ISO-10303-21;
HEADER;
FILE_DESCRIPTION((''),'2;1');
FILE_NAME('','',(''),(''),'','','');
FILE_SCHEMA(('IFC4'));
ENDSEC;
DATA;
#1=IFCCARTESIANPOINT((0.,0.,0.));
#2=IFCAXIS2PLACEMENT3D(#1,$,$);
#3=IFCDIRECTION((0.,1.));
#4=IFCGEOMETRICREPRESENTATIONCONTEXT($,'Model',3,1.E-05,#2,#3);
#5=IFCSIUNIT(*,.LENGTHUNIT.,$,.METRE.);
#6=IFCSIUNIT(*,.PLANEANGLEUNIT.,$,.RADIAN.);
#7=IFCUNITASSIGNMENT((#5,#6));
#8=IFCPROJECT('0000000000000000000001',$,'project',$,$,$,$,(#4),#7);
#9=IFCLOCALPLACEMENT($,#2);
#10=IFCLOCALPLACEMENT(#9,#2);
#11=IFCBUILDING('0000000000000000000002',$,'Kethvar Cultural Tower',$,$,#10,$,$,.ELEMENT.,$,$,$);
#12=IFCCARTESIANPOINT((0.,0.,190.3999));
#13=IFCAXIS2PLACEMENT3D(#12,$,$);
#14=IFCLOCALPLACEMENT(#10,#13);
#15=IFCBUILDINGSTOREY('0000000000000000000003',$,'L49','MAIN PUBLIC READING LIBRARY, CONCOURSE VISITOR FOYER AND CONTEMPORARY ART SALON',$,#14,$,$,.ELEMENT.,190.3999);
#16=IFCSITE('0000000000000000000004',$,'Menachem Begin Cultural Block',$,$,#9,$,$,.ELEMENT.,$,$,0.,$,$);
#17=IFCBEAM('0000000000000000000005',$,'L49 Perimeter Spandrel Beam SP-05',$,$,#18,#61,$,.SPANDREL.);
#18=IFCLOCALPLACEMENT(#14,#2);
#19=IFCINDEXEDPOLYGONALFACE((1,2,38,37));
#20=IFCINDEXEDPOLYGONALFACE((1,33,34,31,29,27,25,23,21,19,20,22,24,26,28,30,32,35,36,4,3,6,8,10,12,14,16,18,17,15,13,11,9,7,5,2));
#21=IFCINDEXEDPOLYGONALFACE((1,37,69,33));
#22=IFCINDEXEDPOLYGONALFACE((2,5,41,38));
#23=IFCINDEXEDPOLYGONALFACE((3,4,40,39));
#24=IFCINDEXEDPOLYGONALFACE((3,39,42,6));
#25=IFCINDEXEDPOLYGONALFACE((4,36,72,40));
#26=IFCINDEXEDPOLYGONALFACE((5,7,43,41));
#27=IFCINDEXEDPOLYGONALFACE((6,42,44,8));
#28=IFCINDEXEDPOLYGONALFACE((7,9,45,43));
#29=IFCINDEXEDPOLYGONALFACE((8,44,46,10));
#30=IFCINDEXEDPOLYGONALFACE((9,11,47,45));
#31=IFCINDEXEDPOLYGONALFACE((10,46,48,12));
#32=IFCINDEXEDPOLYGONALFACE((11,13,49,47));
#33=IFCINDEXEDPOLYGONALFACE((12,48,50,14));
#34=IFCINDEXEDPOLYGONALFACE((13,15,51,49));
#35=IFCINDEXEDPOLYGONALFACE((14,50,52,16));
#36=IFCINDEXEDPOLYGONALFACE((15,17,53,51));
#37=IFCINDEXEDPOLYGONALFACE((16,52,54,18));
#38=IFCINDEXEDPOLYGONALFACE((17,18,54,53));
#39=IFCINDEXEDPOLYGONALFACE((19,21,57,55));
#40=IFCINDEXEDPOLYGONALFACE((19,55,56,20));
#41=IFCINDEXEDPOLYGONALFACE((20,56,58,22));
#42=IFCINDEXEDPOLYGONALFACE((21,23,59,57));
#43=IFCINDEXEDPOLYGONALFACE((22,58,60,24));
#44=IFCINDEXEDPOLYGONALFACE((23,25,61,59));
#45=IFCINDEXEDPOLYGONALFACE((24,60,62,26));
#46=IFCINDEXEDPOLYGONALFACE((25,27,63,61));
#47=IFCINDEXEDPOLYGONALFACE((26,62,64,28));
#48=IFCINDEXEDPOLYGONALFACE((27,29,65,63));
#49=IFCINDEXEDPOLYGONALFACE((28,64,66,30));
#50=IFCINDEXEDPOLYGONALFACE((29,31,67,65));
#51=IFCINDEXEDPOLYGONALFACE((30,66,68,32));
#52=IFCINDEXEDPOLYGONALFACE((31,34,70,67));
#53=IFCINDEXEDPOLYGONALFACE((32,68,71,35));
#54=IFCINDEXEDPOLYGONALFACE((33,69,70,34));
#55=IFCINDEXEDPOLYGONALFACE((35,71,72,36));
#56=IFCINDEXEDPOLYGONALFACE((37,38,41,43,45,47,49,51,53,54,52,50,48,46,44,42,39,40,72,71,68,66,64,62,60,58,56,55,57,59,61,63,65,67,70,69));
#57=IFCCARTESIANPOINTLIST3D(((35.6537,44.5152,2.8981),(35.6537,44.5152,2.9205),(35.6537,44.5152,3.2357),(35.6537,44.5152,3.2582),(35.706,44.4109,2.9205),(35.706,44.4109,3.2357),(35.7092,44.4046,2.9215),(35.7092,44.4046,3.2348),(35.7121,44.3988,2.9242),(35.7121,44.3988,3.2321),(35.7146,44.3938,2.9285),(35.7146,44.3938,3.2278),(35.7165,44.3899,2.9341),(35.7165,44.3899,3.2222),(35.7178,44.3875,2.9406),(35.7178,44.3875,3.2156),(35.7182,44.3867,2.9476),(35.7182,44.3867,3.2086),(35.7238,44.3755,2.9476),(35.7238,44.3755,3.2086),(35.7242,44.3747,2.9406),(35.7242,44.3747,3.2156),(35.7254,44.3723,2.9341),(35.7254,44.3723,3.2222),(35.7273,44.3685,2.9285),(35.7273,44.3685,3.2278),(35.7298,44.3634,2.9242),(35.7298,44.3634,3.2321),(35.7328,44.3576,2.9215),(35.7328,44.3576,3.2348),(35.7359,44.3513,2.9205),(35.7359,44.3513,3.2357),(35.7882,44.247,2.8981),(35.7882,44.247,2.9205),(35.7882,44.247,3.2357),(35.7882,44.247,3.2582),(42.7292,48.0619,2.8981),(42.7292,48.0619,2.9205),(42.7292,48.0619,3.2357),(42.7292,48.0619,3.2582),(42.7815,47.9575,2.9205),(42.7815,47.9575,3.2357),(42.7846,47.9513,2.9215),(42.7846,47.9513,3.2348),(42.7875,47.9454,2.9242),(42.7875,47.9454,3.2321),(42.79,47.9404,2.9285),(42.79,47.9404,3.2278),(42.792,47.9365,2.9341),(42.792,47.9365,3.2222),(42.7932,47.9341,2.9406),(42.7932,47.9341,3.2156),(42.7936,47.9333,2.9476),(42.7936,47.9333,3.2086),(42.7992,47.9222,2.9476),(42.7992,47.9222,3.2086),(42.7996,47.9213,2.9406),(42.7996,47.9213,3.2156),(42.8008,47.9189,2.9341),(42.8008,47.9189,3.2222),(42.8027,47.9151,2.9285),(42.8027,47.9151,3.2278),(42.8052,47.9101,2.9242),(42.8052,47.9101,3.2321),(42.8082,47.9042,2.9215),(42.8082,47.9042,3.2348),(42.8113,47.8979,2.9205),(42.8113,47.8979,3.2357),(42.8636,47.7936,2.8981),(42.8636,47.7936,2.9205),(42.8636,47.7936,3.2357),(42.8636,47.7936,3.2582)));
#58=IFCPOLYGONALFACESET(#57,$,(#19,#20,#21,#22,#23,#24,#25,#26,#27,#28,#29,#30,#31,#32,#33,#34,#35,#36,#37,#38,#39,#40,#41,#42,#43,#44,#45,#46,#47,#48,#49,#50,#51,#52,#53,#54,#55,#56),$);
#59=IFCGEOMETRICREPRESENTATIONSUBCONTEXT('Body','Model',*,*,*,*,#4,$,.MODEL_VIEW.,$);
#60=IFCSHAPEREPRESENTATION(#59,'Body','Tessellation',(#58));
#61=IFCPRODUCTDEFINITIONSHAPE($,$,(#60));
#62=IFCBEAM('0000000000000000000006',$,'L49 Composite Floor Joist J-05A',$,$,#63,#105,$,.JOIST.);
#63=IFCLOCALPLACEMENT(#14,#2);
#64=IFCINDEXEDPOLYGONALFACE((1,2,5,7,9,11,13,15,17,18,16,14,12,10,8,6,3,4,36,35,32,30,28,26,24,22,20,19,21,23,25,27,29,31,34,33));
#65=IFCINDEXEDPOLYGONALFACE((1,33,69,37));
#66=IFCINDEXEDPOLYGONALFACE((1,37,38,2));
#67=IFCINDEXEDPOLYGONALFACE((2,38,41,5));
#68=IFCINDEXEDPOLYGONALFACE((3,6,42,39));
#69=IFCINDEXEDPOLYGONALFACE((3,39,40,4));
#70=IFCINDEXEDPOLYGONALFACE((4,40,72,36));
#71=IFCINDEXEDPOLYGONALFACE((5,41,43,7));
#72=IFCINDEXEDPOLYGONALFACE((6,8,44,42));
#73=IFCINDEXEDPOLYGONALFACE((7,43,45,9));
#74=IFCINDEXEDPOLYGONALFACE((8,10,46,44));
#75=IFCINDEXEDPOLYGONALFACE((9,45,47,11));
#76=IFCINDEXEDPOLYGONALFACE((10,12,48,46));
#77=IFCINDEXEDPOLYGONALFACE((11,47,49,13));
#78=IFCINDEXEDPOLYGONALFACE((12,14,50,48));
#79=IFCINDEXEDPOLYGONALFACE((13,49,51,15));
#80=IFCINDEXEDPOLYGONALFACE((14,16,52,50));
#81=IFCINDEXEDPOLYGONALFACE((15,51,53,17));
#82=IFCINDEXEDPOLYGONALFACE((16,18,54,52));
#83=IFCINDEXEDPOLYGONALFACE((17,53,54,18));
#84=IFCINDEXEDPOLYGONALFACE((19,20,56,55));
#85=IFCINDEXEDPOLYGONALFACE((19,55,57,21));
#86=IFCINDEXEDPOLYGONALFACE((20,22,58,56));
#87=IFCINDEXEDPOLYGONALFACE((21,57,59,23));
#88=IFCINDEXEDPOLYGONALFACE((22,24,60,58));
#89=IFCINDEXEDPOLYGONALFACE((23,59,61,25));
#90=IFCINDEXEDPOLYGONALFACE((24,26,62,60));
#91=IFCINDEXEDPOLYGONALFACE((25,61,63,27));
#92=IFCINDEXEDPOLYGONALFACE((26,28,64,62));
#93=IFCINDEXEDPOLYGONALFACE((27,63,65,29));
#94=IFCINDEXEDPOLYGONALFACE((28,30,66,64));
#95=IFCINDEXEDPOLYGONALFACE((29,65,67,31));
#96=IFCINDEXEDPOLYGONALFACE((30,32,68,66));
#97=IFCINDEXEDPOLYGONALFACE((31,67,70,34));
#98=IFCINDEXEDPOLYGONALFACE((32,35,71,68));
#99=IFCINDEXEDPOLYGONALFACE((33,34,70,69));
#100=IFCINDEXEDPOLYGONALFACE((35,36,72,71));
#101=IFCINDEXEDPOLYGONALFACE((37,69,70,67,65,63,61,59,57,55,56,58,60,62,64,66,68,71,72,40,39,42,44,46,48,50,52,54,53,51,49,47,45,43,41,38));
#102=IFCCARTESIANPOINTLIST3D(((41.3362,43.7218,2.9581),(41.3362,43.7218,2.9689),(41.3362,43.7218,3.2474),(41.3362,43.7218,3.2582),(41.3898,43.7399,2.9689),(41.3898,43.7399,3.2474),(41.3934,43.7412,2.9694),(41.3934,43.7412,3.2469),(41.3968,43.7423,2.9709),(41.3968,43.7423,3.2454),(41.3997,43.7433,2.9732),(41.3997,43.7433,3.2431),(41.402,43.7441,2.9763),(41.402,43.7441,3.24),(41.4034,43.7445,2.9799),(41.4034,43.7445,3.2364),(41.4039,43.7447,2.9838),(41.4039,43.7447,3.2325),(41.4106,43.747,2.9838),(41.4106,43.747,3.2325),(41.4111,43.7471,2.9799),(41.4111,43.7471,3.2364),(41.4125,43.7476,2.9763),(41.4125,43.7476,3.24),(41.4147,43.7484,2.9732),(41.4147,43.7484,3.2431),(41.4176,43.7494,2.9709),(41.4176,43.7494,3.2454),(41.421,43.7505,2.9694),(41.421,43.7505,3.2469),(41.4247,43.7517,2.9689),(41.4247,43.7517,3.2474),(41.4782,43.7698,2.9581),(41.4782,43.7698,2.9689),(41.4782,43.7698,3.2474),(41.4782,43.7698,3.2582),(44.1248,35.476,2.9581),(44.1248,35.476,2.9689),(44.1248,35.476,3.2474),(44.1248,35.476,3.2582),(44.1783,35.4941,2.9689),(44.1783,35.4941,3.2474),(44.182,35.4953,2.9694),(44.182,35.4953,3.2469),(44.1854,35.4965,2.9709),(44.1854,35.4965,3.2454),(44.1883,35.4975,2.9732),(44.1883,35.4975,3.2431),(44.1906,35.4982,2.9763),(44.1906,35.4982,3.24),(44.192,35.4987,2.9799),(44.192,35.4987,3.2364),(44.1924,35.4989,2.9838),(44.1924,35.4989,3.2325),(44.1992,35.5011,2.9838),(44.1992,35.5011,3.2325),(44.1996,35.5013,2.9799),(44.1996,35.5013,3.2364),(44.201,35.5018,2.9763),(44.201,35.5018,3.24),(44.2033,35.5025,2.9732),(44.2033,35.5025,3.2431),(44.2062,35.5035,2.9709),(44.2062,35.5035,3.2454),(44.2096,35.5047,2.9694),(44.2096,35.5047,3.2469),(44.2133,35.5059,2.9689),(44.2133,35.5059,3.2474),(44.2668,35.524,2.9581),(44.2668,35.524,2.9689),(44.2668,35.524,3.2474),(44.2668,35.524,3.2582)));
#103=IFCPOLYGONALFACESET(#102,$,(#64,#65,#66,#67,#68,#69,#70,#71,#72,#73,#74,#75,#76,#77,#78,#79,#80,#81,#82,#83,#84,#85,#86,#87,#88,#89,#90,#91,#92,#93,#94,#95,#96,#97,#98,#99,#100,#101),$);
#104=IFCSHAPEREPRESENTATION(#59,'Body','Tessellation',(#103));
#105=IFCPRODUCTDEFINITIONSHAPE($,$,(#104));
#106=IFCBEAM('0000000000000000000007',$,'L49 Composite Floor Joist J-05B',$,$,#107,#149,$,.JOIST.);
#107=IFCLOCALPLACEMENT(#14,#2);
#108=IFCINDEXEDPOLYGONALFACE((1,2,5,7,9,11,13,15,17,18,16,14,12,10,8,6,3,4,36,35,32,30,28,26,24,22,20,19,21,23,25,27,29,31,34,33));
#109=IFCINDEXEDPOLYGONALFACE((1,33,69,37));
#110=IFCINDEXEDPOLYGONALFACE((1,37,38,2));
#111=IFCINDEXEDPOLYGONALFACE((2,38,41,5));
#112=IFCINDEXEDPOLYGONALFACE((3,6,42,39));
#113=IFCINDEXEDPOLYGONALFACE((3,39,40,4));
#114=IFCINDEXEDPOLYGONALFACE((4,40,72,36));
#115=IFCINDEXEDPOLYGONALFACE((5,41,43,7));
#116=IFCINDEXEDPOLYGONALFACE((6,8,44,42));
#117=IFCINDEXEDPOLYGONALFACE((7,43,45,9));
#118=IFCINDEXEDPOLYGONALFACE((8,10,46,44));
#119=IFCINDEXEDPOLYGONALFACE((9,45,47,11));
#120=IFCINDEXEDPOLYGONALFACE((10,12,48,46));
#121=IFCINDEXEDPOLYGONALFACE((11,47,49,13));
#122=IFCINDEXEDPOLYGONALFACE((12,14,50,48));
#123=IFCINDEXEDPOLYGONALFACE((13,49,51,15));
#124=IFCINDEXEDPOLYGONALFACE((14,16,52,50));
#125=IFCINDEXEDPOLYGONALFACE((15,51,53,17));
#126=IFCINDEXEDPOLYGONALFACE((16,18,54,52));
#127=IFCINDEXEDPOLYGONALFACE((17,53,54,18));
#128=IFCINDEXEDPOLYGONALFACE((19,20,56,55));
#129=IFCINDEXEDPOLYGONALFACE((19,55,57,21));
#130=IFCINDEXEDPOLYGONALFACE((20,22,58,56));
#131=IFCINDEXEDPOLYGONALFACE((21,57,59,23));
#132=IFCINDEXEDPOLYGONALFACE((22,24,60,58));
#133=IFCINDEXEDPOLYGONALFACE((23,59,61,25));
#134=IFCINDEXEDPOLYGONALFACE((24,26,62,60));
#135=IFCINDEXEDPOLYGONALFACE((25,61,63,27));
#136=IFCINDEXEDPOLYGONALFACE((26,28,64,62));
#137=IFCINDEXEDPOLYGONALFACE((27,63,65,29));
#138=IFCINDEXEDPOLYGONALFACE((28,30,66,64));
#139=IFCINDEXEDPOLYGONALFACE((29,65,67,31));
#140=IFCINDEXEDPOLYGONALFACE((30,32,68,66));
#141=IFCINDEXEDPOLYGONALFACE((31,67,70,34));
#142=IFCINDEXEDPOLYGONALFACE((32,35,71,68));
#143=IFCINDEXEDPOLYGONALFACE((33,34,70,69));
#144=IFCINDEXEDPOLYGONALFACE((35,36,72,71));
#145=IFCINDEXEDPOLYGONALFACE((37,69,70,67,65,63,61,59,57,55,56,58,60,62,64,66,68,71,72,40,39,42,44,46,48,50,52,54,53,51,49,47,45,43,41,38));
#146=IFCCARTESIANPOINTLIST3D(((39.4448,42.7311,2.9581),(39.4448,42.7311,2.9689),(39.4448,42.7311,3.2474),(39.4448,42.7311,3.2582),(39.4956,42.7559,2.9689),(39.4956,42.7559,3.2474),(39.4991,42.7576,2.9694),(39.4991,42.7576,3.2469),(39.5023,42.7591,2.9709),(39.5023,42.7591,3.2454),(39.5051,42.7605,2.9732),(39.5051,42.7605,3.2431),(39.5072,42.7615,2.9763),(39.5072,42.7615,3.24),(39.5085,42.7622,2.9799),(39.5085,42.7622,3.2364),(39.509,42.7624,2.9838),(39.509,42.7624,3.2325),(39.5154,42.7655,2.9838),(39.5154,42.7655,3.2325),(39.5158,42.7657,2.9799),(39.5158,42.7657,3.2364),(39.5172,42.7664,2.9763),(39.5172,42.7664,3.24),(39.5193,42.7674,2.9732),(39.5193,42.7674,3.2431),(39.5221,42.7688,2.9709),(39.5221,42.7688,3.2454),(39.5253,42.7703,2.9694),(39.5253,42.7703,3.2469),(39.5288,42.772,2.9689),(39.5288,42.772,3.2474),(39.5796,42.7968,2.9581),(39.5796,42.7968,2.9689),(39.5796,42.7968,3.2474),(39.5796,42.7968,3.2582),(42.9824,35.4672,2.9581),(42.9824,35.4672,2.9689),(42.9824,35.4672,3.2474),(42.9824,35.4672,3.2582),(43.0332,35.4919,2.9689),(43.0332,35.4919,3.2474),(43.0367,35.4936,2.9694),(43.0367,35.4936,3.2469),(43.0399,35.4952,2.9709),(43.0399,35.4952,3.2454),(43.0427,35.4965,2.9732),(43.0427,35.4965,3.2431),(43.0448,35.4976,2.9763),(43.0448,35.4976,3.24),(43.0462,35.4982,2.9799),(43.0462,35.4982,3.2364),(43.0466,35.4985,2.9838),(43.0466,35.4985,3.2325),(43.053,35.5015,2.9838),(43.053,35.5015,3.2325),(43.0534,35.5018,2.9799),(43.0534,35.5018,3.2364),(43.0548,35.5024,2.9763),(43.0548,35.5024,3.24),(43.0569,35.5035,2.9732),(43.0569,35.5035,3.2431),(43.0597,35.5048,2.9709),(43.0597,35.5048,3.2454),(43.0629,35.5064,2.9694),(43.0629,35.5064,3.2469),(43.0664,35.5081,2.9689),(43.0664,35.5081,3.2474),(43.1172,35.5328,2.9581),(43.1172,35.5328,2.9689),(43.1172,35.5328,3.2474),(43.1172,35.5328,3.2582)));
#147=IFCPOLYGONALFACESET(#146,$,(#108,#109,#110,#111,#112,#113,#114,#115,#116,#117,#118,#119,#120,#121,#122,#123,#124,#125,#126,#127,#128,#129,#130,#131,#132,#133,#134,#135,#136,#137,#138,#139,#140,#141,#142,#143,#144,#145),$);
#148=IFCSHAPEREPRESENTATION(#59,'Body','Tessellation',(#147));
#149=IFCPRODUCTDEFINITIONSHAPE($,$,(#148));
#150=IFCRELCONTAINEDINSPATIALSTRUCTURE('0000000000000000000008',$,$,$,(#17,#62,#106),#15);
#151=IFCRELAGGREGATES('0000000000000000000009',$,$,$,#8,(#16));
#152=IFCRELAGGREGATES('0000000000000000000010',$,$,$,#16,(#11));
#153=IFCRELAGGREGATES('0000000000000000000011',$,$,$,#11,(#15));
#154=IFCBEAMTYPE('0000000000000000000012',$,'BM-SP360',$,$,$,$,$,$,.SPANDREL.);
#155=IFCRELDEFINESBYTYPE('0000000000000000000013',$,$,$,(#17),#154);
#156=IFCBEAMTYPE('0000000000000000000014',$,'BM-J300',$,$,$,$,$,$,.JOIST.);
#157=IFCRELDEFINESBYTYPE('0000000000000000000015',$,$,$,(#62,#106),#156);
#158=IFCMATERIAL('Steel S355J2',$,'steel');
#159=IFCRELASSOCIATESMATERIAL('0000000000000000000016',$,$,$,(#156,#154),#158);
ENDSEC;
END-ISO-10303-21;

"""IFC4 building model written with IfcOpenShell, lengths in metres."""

from ifc_helpers import new_model, si_unit, direction, frame, origin, origin_2d, place, context, subcontext, project, spatial, i_section, extrude, source, transform, mapped, material, material_profile, profile_set, type_object, element, save


model = new_model("IFC4")

# Units and contexts
model_context = context("Model", 3, precision=1e-05, world=origin(), true_north=direction((0.0, 1.0)))
body_context = subcontext(model_context, "Body", "Model", "MODEL_VIEW")
ifc_project = project(units=[si_unit("LENGTHUNIT", "METRE"), si_unit("PLANEANGLEUNIT", "RADIAN")], contexts=[model_context])

# Site, building, storey
site_placement = place(None, origin())
site = spatial("IfcSite", under=ifc_project, at=site_placement, Name="Menachem Begin Cultural Block", CompositionType="ELEMENT", RefElevation=0.0)
building_placement = place(site_placement, origin())
building = spatial("IfcBuilding", under=site, at=building_placement, Name="Kethvar Cultural Tower", CompositionType="ELEMENT")
storey_placement = place(building_placement, frame((0.0, 0.0, 190.3999)))
storey = spatial("IfcBuildingStorey", under=building, at=storey_placement, Name="L49", Description="MAIN PUBLIC READING LIBRARY, CONCOURSE VISITOR FOYER AND CONTEMPORARY ART SALON", CompositionType="ELEMENT", Elevation=190.3999)

# Beams
ifc_material_1 = material(Name="Steel S355J2", Category="steel")
ifc_material_profile_1 = material_profile(ifc_material_1, i_section(OverallWidth=0.1499, OverallDepth=0.3, WebThickness=0.0071, FlangeThickness=0.0107, FilletRadius=0.0149, at=origin_2d()), Name="Steel S355J2 — IPE300")
ifc_profile_set_1 = profile_set([ifc_material_profile_1], Name="Steel S355J2 — IPE300")
beam_type_1 = type_object("IfcBeamType", Name="BM-J300", PredefinedType="JOIST", material=ifc_profile_set_1)
ifc_material_profile_2 = material_profile(ifc_material_1, i_section(OverallWidth=0.3, OverallDepth=0.3601, WebThickness=0.0125, FlangeThickness=0.0225, FilletRadius=0.0271, at=origin_2d()), Name="Steel S355J2 — HEB360")
ifc_profile_set_2 = profile_set([ifc_material_profile_2], Name="Steel S355J2 — HEB360")
beam_type_2 = type_object("IfcBeamType", Name="BM-SP360", PredefinedType="SPANDREL", material=ifc_profile_set_2)
shared_shape_1 = source(origin(), body_context, "Body", "SweptSolid", [
    extrude(i_section(OverallWidth=0.3, OverallDepth=0.3601, WebThickness=0.0125, FlangeThickness=0.0225, FilletRadius=0.0271, at=origin_2d()), origin(), (0.0, 0.0, 1.0), 7.9146),
])
beam_1_placement = place(storey_placement, frame((42.7964, 47.9277, 3.0781), z_axis=(-0.893976, -0.448114, 0.0), x_axis=(0.448114, -0.893976, 0.0)))
element("IfcBeam", 1, at=beam_1_placement, inside=storey, type_object=beam_type_2, Name="L49 Perimeter Spandrel Beam SP-05", PredefinedType="SPANDREL", context=body_context, shape_type="MappedRepresentation", body=[
    mapped(shared_shape_1, transform((0.0, 0.0, 0.0), scale=1.0)),
])
shared_shape_2 = source(origin(), body_context, "Body", "SweptSolid", [
    extrude(i_section(OverallWidth=0.1499, OverallDepth=0.3, WebThickness=0.0071, FlangeThickness=0.0107, FilletRadius=0.0149, at=origin_2d()), origin(), (0.0, 0.0, 1.0), 8.7046),
])
beam_2_placement = place(storey_placement, frame((44.1958, 35.5, 3.1082), z_axis=(-0.320356, 0.947297, 0.0), x_axis=(-0.947297, -0.320356, 0.0)))
element("IfcBeam", 2, at=beam_2_placement, inside=storey, type_object=beam_type_1, Name="L49 Composite Floor Joist J-05A", PredefinedType="JOIST", context=body_context, shape_type="MappedRepresentation", body=[
    mapped(shared_shape_2, transform((0.0, 0.0, 0.0), scale=1.0)),
])
shared_shape_3 = source(origin(), body_context, "Body", "SweptSolid", [
    extrude(i_section(OverallWidth=0.1499, OverallDepth=0.3, WebThickness=0.0071, FlangeThickness=0.0107, FilletRadius=0.0149, at=origin_2d()), origin(), (0.0, 0.0, 1.0), 8.0796),
])
beam_3_placement = place(storey_placement, frame((43.0498, 35.5, 3.1082), z_axis=(-0.437846, 0.89905, 0.0), x_axis=(-0.89905, -0.437846, 0.0)))
element("IfcBeam", 3, at=beam_3_placement, inside=storey, type_object=beam_type_1, Name="L49 Composite Floor Joist J-05B", PredefinedType="JOIST", context=body_context, shape_type="MappedRepresentation", body=[
    mapped(shared_shape_3, transform((0.0, 0.0, 0.0), scale=1.0)),
])

save(model, "model.ifc")
